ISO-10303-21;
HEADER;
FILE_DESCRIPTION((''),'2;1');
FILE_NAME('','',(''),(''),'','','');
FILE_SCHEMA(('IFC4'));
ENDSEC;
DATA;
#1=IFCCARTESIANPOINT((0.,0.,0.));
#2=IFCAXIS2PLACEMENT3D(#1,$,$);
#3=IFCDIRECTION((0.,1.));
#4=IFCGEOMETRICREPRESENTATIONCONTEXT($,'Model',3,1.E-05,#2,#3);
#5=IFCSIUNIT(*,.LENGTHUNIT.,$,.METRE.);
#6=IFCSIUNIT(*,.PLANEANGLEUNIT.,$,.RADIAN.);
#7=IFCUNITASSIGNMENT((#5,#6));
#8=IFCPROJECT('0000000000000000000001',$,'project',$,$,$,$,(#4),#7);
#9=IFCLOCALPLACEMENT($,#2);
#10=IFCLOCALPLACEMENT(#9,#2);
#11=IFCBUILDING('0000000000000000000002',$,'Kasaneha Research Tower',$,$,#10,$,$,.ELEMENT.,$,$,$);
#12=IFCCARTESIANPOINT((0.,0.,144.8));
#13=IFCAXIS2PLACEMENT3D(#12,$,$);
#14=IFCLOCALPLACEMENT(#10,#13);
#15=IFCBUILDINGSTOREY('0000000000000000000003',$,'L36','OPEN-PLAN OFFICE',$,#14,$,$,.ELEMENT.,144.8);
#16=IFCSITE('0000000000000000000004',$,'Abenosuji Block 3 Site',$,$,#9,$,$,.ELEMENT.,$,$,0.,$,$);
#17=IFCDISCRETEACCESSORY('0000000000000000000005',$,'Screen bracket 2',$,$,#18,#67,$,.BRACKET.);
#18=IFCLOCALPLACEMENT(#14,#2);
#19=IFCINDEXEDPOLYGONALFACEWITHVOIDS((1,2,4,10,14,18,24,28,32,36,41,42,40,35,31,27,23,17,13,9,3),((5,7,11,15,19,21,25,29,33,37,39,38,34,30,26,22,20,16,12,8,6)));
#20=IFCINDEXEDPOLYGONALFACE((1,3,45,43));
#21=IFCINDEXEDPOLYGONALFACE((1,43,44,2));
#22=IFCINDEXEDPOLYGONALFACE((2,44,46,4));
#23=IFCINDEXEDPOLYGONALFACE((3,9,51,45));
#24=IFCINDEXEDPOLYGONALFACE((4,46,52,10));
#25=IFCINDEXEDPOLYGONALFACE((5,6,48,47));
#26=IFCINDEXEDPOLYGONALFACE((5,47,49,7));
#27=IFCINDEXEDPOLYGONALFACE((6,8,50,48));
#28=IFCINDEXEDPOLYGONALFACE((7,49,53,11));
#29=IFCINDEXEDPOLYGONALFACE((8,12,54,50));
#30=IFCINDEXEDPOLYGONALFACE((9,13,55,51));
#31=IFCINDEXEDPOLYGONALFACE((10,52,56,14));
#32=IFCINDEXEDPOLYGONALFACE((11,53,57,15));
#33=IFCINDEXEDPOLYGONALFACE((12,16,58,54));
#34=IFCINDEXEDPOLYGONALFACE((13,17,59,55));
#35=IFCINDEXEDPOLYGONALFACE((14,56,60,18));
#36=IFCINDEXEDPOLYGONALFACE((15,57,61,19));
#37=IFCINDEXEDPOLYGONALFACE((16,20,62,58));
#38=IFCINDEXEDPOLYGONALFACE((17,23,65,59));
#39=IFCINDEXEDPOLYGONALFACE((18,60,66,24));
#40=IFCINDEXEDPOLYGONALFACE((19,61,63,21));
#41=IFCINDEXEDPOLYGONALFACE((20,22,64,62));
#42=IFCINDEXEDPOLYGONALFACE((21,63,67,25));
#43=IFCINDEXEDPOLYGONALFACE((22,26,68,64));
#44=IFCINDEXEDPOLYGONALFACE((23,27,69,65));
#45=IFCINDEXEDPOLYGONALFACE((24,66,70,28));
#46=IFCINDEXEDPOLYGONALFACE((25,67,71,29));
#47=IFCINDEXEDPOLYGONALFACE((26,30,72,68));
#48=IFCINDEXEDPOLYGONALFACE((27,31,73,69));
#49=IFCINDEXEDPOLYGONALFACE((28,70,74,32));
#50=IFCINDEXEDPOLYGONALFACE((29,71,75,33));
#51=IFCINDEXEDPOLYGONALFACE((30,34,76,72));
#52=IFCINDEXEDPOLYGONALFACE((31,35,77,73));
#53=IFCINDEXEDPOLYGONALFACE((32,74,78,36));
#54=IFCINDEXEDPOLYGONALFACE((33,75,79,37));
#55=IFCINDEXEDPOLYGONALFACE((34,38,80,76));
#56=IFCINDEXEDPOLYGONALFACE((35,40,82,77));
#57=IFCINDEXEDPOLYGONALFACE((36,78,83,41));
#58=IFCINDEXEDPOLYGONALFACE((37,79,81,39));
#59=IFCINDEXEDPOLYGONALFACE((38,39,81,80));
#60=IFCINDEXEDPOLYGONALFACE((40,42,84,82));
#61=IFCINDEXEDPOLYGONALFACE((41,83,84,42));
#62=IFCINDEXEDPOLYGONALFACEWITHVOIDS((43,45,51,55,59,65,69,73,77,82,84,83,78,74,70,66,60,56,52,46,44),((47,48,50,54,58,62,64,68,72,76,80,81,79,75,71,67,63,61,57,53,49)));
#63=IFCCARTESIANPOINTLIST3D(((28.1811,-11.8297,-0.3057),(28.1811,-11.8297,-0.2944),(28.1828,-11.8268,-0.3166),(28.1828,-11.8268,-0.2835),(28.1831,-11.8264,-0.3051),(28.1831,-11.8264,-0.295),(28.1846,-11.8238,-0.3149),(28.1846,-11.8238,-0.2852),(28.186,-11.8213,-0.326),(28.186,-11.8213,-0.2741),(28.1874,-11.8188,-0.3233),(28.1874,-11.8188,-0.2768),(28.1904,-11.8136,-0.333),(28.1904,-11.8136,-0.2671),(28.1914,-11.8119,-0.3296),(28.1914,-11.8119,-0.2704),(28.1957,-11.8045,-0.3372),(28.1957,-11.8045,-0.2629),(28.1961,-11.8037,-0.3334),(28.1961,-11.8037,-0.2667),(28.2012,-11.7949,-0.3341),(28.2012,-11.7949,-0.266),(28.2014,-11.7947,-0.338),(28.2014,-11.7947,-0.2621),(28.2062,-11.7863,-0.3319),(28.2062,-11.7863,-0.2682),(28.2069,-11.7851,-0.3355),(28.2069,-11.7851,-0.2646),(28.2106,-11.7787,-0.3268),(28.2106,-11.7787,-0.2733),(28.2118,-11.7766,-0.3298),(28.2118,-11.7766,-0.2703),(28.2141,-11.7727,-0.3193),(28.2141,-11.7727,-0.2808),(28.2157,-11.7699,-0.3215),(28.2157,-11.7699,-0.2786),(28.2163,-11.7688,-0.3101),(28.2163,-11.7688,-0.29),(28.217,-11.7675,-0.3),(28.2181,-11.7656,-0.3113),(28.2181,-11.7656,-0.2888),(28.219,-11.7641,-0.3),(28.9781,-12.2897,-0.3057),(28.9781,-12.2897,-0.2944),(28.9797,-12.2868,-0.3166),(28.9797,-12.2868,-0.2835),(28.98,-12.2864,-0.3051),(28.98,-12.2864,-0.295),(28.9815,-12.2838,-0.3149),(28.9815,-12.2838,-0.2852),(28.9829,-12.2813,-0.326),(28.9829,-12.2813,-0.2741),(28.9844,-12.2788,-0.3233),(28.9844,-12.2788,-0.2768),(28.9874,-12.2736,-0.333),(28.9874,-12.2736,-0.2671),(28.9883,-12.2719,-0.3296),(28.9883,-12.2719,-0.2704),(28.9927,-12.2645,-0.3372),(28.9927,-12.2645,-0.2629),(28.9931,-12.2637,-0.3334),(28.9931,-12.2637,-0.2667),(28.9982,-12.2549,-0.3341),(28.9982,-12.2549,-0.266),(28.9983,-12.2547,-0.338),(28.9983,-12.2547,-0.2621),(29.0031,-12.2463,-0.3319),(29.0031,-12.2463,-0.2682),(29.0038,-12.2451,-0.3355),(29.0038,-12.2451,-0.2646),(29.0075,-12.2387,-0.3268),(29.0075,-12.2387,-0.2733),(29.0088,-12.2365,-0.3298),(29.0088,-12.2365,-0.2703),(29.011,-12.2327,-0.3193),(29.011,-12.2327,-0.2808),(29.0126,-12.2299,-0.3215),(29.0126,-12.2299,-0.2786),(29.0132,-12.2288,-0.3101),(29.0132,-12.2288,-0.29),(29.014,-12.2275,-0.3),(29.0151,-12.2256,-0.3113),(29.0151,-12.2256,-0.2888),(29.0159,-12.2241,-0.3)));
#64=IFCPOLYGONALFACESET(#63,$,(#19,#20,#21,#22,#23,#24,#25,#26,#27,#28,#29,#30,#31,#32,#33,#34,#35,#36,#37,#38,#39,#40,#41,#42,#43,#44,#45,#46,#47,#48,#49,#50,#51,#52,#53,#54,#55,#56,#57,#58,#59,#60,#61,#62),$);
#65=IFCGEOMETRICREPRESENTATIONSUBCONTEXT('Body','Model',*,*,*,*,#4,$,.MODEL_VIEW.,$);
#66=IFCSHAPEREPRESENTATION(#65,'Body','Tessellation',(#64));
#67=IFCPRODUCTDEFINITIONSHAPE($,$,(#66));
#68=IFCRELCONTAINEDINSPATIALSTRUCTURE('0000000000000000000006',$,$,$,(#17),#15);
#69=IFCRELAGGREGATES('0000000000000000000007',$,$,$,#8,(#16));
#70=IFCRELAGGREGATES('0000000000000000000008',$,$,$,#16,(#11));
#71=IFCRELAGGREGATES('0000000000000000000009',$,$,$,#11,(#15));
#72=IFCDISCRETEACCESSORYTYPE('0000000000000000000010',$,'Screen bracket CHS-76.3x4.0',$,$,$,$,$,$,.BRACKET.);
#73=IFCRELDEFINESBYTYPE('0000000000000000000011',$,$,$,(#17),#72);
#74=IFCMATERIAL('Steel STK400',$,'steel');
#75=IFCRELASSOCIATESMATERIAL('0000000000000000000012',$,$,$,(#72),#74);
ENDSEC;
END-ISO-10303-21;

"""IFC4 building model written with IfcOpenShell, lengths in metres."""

from ifc_helpers import new_model, si_unit, direction, frame, origin, origin_2d, place, context, subcontext, project, spatial, hollow_circle, extrude, material, material_profile, profile_set, type_object, element, save


model = new_model("IFC4")

# Units and contexts
model_context = context("Model", 3, precision=1e-05, world=origin(), true_north=direction((0.0, 1.0)))
body_context = subcontext(model_context, "Body", "Model", "MODEL_VIEW")
ifc_project = project(units=[si_unit("LENGTHUNIT", "METRE"), si_unit("PLANEANGLEUNIT", "RADIAN")], contexts=[model_context])

# Site, building, storey
site_placement = place(None, origin())
site = spatial("IfcSite", under=ifc_project, at=site_placement, Name="Abenosuji Block 3 Site", CompositionType="ELEMENT", RefElevation=0.0)
building_placement = place(site_placement, origin())
building = spatial("IfcBuilding", under=site, at=building_placement, Name="Kasaneha Research Tower", CompositionType="ELEMENT")
storey_placement = place(building_placement, frame((0.0, 0.0, 144.8)))
storey = spatial("IfcBuildingStorey", under=building, at=storey_placement, Name="L36", Description="OPEN-PLAN OFFICE", CompositionType="ELEMENT", Elevation=144.8)

# Discrete accessory
ifc_material_1 = material(Name="Steel STK400", Category="steel")
ifc_material_profile_1 = material_profile(ifc_material_1, hollow_circle(Radius=0.0381, WallThickness=0.0039, at=origin_2d()), Name="CHS-76.3x4.0")
ifc_profile_set_1 = profile_set([ifc_material_profile_1], Name="Steel STK400")
discrete_accessory_type = type_object("IfcDiscreteAccessoryType", Name="Screen bracket CHS-76.3x4.0", PredefinedType="BRACKET", material=ifc_profile_set_1)
discrete_accessory_1_placement = place(storey_placement, frame((28.2, -11.7971, -0.3), z_axis=(0.86608, -0.499906, 0.0), x_axis=(0.499906, 0.86608, 0.0)))
element("IfcDiscreteAccessory", 1, at=discrete_accessory_1_placement, inside=storey, type_object=discrete_accessory_type, Name="Screen bracket 2", PredefinedType="BRACKET", context=body_context, shape_type="SweptSolid", body=[
    extrude(hollow_circle(Radius=0.0381, WallThickness=0.0039, at=origin_2d()), origin(), (0.0, 0.0, 1.0), 0.9202),
])

save(model, "model.ifc")
